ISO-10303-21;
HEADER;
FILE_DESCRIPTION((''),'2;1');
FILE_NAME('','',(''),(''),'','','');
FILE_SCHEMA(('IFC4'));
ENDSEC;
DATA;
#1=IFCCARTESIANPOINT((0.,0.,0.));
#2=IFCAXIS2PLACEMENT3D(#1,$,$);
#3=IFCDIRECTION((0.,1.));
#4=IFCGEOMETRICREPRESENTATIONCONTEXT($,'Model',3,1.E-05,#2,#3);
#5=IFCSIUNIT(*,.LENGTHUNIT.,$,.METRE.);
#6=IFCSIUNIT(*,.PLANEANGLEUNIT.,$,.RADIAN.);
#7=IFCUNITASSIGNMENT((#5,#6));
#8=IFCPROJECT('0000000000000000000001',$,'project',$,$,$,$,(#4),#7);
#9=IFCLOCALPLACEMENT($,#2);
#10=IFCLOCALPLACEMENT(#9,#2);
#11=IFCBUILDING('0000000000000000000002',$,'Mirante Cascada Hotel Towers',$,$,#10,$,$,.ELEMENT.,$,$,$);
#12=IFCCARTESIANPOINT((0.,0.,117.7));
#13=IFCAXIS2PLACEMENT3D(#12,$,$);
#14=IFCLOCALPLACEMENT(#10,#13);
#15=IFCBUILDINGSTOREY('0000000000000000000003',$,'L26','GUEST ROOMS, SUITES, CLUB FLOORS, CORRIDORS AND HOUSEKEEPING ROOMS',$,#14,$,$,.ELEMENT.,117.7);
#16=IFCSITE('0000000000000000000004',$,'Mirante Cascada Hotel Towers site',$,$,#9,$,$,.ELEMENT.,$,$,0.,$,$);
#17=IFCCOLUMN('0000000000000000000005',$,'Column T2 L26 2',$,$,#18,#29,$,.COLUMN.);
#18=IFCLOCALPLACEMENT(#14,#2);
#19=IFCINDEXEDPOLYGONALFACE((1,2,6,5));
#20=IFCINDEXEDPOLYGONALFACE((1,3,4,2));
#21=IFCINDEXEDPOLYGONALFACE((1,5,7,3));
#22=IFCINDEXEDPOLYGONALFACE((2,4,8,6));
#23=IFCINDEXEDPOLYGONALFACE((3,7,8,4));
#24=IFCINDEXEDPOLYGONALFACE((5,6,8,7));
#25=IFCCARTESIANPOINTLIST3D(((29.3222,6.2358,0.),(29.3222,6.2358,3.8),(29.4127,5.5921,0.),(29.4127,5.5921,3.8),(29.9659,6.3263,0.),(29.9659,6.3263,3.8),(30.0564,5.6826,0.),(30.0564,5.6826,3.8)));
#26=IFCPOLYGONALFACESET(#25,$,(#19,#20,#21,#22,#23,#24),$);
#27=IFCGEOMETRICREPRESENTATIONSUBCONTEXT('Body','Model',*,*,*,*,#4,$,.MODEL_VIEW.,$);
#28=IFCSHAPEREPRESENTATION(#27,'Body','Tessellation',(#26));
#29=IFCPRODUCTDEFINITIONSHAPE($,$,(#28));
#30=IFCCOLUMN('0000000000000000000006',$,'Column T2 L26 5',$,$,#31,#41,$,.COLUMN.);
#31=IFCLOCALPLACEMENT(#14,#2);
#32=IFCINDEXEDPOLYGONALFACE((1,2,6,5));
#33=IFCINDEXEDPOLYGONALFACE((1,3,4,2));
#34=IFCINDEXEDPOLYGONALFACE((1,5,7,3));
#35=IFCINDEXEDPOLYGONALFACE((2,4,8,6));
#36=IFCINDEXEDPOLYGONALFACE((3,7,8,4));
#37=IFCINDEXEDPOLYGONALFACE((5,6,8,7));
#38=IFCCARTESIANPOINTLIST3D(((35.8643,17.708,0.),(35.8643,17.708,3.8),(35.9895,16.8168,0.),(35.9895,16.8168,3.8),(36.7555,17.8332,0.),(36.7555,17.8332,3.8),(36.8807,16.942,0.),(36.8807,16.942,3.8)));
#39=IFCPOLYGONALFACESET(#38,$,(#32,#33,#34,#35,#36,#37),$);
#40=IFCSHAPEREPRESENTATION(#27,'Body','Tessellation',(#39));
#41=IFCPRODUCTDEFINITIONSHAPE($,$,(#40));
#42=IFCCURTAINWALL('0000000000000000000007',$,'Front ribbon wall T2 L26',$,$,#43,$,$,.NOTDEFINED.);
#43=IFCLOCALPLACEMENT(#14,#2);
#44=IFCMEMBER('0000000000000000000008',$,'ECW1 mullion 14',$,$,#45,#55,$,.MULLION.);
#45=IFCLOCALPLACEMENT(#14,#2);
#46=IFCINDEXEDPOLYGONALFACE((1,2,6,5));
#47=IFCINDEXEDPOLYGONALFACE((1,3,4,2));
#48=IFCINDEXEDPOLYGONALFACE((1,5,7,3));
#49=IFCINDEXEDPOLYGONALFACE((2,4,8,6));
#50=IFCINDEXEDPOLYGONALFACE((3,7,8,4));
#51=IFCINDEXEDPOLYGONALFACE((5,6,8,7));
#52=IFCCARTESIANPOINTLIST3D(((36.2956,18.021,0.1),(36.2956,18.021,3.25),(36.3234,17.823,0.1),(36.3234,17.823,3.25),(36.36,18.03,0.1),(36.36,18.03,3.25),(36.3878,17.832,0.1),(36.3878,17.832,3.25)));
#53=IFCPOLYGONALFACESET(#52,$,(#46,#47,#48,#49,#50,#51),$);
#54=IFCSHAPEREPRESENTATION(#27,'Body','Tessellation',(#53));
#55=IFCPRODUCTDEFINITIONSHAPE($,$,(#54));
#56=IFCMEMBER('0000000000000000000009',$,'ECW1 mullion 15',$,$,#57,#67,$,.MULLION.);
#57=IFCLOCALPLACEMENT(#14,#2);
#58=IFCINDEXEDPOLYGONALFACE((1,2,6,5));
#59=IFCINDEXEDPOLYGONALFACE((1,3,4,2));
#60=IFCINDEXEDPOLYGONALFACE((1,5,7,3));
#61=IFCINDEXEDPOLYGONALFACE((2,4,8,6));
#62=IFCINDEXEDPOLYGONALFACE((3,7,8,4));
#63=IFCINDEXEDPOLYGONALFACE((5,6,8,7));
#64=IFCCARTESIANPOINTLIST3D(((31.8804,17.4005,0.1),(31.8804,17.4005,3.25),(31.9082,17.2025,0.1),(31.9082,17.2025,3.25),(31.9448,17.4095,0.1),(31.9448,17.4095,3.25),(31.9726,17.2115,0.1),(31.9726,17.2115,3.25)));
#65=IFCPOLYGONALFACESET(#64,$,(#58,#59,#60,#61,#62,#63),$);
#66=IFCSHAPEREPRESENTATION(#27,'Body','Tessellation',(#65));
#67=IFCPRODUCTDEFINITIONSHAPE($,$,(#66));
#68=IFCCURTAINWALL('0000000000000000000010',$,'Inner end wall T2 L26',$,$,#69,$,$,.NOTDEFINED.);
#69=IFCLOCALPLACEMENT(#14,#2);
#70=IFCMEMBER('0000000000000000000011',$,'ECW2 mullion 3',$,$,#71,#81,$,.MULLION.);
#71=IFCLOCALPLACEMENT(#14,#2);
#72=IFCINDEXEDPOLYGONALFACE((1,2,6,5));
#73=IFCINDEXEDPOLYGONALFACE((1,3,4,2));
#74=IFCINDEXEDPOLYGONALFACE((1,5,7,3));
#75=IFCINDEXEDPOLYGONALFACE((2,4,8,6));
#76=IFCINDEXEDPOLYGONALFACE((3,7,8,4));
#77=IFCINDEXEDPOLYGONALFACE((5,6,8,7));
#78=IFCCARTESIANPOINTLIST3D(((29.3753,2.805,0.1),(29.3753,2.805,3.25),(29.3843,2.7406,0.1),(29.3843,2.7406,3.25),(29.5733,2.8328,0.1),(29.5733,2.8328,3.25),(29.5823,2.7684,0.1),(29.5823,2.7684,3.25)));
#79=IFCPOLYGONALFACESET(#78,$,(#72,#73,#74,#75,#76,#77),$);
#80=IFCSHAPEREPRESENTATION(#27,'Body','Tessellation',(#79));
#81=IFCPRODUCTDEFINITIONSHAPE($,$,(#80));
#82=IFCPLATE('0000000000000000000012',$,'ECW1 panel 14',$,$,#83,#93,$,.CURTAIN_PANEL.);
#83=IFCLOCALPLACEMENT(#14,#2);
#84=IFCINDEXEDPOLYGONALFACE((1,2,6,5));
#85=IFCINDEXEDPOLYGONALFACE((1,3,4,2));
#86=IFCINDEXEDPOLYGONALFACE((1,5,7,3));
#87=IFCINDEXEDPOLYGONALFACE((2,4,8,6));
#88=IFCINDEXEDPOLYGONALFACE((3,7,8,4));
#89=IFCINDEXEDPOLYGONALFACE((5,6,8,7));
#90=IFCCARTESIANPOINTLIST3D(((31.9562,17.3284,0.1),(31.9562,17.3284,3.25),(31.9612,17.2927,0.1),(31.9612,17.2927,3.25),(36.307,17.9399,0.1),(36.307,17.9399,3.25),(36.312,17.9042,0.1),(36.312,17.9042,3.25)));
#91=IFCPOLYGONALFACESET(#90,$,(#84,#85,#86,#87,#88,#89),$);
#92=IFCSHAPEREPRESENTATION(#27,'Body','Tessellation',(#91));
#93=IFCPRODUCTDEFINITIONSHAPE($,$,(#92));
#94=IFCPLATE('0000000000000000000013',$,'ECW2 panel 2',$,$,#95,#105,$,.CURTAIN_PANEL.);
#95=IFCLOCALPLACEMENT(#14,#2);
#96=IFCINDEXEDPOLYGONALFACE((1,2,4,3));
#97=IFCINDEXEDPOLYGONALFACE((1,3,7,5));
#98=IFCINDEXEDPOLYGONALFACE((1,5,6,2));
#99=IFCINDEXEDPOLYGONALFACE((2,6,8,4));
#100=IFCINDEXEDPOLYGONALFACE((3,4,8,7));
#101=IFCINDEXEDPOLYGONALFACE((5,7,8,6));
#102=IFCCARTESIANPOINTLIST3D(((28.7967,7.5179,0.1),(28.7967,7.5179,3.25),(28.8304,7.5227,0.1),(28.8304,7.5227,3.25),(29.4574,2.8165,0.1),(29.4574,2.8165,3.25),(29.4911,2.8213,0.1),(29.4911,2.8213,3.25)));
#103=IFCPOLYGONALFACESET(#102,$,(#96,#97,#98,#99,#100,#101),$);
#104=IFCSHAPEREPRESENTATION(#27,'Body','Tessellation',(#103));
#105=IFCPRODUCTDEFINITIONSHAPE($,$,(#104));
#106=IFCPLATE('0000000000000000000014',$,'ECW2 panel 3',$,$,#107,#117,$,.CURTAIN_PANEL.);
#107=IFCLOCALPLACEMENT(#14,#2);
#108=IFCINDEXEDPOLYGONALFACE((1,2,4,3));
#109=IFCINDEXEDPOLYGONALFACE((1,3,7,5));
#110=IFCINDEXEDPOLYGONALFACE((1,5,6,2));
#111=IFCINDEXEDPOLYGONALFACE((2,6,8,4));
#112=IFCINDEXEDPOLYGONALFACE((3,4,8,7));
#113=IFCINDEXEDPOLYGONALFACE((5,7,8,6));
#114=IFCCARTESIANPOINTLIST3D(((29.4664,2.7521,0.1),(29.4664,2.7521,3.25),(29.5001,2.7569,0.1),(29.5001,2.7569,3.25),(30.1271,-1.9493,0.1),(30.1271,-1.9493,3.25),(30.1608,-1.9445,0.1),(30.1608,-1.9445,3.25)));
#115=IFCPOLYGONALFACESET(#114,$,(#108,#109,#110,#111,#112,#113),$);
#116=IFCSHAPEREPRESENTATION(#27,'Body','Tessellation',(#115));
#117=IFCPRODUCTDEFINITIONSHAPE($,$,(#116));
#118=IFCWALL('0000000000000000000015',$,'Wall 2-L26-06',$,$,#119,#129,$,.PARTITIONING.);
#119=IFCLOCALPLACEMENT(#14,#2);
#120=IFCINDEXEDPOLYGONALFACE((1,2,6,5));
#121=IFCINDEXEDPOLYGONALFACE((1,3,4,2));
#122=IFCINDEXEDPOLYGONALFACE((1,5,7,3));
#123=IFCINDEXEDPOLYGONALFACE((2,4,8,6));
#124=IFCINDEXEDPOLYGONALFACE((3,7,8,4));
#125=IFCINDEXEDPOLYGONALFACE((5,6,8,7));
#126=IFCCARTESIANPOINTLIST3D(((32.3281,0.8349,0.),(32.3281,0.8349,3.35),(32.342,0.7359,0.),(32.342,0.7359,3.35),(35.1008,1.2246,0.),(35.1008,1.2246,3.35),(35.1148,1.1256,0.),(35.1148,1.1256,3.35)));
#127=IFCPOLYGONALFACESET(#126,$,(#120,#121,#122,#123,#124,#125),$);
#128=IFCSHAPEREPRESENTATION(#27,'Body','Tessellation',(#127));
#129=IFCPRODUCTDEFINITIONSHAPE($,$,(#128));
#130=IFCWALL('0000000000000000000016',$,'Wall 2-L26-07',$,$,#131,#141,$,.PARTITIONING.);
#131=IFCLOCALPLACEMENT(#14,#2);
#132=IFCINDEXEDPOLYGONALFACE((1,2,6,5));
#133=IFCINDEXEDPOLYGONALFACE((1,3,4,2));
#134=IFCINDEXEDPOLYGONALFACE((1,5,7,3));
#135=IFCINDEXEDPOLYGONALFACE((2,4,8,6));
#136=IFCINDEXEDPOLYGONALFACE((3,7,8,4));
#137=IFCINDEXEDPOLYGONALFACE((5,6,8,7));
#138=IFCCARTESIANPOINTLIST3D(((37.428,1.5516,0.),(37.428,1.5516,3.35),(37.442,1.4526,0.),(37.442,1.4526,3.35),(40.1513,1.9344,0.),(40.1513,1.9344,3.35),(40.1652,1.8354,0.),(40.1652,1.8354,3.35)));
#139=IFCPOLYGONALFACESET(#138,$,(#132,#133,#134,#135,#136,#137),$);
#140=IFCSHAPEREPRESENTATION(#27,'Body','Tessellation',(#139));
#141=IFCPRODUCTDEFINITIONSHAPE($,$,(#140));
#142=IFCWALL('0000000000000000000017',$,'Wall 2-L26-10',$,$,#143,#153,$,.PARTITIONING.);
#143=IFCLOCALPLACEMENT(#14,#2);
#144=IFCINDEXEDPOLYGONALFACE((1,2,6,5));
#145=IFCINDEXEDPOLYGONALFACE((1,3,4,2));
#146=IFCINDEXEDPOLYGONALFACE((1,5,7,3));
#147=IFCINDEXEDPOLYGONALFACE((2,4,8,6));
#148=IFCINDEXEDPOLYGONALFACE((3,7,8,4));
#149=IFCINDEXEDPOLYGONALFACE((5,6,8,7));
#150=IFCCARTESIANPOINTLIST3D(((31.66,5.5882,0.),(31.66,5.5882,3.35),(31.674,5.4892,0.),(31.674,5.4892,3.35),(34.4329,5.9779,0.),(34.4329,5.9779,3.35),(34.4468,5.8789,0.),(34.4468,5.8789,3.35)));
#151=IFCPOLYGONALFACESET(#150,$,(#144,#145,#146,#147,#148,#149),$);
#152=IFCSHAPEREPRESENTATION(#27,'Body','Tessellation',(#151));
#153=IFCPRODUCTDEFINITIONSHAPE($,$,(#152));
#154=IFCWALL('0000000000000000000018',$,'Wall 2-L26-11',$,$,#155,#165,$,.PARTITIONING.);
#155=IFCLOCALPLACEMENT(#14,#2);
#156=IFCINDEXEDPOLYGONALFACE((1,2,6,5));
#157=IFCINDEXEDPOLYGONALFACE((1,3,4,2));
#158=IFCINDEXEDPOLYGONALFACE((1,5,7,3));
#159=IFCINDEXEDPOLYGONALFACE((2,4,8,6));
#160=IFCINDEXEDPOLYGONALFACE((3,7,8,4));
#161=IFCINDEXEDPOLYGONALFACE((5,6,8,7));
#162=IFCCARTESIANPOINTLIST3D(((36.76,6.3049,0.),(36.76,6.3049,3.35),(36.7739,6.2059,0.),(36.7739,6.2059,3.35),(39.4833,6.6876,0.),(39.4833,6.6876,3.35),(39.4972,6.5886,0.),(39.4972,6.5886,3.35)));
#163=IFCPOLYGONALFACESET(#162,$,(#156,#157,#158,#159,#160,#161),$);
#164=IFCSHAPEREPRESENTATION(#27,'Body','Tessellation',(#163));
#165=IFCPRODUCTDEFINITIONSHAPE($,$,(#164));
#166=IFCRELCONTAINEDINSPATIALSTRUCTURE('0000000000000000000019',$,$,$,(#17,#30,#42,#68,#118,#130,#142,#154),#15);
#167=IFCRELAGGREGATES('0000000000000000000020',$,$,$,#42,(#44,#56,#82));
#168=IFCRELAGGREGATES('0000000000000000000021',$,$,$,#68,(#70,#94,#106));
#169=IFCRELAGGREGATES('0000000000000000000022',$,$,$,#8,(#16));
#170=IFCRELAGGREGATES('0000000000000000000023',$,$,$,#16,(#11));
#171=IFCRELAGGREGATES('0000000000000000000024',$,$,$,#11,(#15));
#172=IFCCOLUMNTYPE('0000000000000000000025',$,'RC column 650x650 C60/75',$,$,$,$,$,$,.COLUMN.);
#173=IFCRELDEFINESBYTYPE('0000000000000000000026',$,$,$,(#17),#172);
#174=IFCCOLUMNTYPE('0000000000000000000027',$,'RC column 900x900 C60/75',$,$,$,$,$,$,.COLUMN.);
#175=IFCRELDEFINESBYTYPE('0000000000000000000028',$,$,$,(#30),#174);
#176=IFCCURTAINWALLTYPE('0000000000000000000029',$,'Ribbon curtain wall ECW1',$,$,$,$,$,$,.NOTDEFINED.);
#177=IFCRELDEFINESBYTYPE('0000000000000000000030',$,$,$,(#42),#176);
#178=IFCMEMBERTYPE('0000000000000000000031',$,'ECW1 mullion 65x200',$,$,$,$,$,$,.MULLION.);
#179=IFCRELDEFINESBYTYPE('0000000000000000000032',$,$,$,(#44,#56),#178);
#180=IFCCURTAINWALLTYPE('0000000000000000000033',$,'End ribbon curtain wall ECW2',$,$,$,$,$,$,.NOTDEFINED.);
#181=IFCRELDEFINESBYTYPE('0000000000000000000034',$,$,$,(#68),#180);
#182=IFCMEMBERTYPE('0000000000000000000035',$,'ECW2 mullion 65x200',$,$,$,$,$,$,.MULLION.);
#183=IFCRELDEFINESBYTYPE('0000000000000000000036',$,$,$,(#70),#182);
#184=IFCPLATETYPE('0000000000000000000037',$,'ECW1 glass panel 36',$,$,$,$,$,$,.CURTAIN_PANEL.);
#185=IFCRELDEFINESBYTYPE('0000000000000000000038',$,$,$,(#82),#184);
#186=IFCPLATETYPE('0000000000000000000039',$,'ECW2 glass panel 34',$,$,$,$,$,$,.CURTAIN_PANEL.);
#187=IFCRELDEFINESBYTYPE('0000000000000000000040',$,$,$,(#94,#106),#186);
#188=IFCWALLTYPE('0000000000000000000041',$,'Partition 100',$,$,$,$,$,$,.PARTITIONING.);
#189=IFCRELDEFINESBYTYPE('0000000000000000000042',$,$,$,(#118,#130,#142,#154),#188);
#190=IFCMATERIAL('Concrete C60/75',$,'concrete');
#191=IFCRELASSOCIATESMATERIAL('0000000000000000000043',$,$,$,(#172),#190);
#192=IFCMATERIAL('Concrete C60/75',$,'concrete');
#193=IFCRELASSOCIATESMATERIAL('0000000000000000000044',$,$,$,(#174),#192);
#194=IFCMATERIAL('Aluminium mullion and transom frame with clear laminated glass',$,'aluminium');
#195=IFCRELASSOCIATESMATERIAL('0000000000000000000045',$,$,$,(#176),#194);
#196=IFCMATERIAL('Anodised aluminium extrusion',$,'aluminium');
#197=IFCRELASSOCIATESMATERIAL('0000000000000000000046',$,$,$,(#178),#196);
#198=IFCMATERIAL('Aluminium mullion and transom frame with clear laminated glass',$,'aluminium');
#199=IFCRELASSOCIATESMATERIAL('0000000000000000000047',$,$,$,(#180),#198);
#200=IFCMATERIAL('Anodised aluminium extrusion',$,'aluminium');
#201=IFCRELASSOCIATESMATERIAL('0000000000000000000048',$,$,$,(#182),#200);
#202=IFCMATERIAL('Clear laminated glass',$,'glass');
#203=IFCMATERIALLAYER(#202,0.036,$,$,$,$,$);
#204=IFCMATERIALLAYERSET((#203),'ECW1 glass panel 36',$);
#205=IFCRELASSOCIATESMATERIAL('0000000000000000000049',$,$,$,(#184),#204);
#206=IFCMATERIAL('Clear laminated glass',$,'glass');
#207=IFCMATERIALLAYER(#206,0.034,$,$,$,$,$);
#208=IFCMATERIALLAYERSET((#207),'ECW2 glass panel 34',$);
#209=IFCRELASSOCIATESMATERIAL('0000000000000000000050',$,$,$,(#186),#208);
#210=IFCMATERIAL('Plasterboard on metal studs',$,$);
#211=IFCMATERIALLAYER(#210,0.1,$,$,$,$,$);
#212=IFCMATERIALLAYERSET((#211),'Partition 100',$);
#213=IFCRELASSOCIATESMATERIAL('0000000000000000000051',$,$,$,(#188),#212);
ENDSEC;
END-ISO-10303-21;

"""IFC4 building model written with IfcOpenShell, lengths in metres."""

from ifc_helpers import new_model, si_unit, direction, frame, frame_2d, origin, origin_2d, place, context, subcontext, project, spatial, rectangle, extrude, material, layer, layer_set, material_profile, profile_set, type_object, element, aggregate, save


model = new_model("IFC4")

# Units and contexts
model_context = context("Model", 3, precision=1e-05, world=origin(), true_north=direction((0.0, 1.0)))
body_context = subcontext(model_context, "Body", "Model", "MODEL_VIEW")
ifc_project = project(units=[si_unit("LENGTHUNIT", "METRE"), si_unit("PLANEANGLEUNIT", "RADIAN")], contexts=[model_context])

# Site, building, storey
site_placement = place(None, origin())
site = spatial("IfcSite", under=ifc_project, at=site_placement, Name="Mirante Cascada Hotel Towers site", CompositionType="ELEMENT", RefElevation=0.0)
building_placement = place(site_placement, origin())
building = spatial("IfcBuilding", under=site, at=building_placement, Name="Mirante Cascada Hotel Towers", CompositionType="ELEMENT")
storey_placement = place(building_placement, frame((0.0, 0.0, 117.7)))
storey = spatial("IfcBuildingStorey", under=building, at=storey_placement, Name="L26", Description="GUEST ROOMS, SUITES, CLUB FLOORS, CORRIDORS AND HOUSEKEEPING ROOMS", CompositionType="ELEMENT", Elevation=117.7)

# Columns
ifc_material_1 = material(Name="Concrete C60/75", Category="concrete")
ifc_material_profile_1 = material_profile(ifc_material_1, rectangle(XDim=0.65, YDim=0.65, at=origin_2d()), Name="RC column 650x650 C60/75")
ifc_profile_set_1 = profile_set([ifc_material_profile_1], Name="Concrete C60/75")
column_type_1 = type_object("IfcColumnType", Name="RC column 650x650 C60/75", PredefinedType="COLUMN", material=ifc_profile_set_1)
column_1_placement = place(storey_placement, frame((29.6893, 5.9592, 0.0), z_axis=(0.0, 0.0, 1.0), x_axis=(0.990268, 0.139173, 0.0)))
element("IfcColumn", 1, at=column_1_placement, inside=storey, type_object=column_type_1, Name="Column T2 L26 2", PredefinedType="COLUMN", context=body_context, shape_type="SweptSolid", body=[
    extrude(rectangle(XDim=0.65, YDim=0.65, at=origin_2d()), origin(), (0.0, 0.0, 1.0), 3.8),
])
ifc_material_2 = material(Name="Concrete C60/75", Category="concrete")
ifc_material_profile_2 = material_profile(ifc_material_2, rectangle(XDim=0.9, YDim=0.9, at=origin_2d()), Name="RC column 900x900 C60/75")
ifc_profile_set_2 = profile_set([ifc_material_profile_2], Name="Concrete C60/75")
column_type_2 = type_object("IfcColumnType", Name="RC column 900x900 C60/75", PredefinedType="COLUMN", material=ifc_profile_set_2)
column_2_placement = place(storey_placement, frame((36.3725, 17.325, 0.0), z_axis=(0.0, 0.0, 1.0), x_axis=(0.990268, 0.139173, 0.0)))
element("IfcColumn", 2, at=column_2_placement, inside=storey, type_object=column_type_2, Name="Column T2 L26 5", PredefinedType="COLUMN", context=body_context, shape_type="SweptSolid", body=[
    extrude(rectangle(XDim=0.9, YDim=0.9, at=origin_2d()), origin(), (0.0, 0.0, 1.0), 3.8),
])

# Curtain wall, members
ifc_material_3 = material(Name="Aluminium mullion and transom frame with clear laminated glass", Category="aluminium")
curtain_wall_type_1 = type_object("IfcCurtainWallType", Name="Ribbon curtain wall ECW1", PredefinedType="NOTDEFINED", material=ifc_material_3)
curtain_wall_1_placement = place(storey_placement, origin())
curtain_wall_1 = element("IfcCurtainWall", 3, at=curtain_wall_1_placement, inside=storey, type_object=curtain_wall_type_1, Name="Front ribbon wall T2 L26", PredefinedType="NOTDEFINED")
ifc_material_4 = material(Name="Anodised aluminium extrusion", Category="aluminium")
ifc_material_profile_3 = material_profile(ifc_material_4, rectangle(XDim=0.2, YDim=0.065, at=origin_2d()), Name="ECW1 MULLION 65x200")
ifc_profile_set_3 = profile_set([ifc_material_profile_3], Name="Anodised aluminium extrusion")
member_type_1 = type_object("IfcMemberType", Name="ECW1 mullion 65x200", PredefinedType="MULLION", material=ifc_profile_set_3)
member_1_placement = place(storey_placement, frame((36.3417, 17.9265, 0.1), z_axis=(0.0, 0.0, 1.0), x_axis=(0.139173, -0.990268, 0.0)))
member_1 = element("IfcMember", 4, at=member_1_placement, type_object=member_type_1, Name="ECW1 mullion 14", PredefinedType="MULLION", context=body_context, shape_type="SweptSolid", body=[
    extrude(rectangle(XDim=0.2, YDim=0.065, at=origin_2d()), origin(), (0.0, 0.0, 1.0), 3.15),
])
member_2_placement = place(storey_placement, frame((31.9265, 17.306, 0.1), z_axis=(0.0, 0.0, 1.0), x_axis=(0.139173, -0.990268, 0.0)))
member_2 = element("IfcMember", 5, at=member_2_placement, type_object=member_type_1, Name="ECW1 mullion 15", PredefinedType="MULLION", context=body_context, shape_type="SweptSolid", body=[
    extrude(rectangle(XDim=0.2, YDim=0.065, at=origin_2d()), origin(), (0.0, 0.0, 1.0), 3.15),
])

# Curtain wall, member
ifc_material_5 = material(Name="Aluminium mullion and transom frame with clear laminated glass", Category="aluminium")
curtain_wall_type_2 = type_object("IfcCurtainWallType", Name="End ribbon curtain wall ECW2", PredefinedType="NOTDEFINED", material=ifc_material_5)
curtain_wall_2_placement = place(storey_placement, origin())
curtain_wall_2 = element("IfcCurtainWall", 6, at=curtain_wall_2_placement, inside=storey, type_object=curtain_wall_type_2, Name="Inner end wall T2 L26", PredefinedType="NOTDEFINED")
ifc_material_6 = material(Name="Anodised aluminium extrusion", Category="aluminium")
ifc_material_profile_4 = material_profile(ifc_material_6, rectangle(XDim=0.2, YDim=0.065, at=origin_2d()), Name="ECW2 MULLION 65x200")
ifc_profile_set_4 = profile_set([ifc_material_profile_4], Name="Anodised aluminium extrusion")
member_type_2 = type_object("IfcMemberType", Name="ECW2 mullion 65x200", PredefinedType="MULLION", material=ifc_profile_set_4)
member_3_placement = place(storey_placement, frame((29.4788, 2.7867, 0.1), z_axis=(0.0, 0.0, 1.0), x_axis=(0.990268, 0.139173, 0.0)))
member_3 = element("IfcMember", 7, at=member_3_placement, type_object=member_type_2, Name="ECW2 mullion 3", PredefinedType="MULLION", context=body_context, shape_type="SweptSolid", body=[
    extrude(rectangle(XDim=0.2, YDim=0.065, at=origin_2d()), origin(), (0.0, 0.0, 1.0), 3.15),
])

# Plates
ifc_material_7 = material(Name="Clear laminated glass", Category="glass")
ifc_layer_1 = layer(ifc_material_7, 0.036)
ifc_layer_set_1 = layer_set([ifc_layer_1], Name="ECW1 glass panel 36")
plate_type_1 = type_object("IfcPlateType", Name="ECW1 glass panel 36", PredefinedType="CURTAIN_PANEL", material=ifc_layer_set_1)
plate_1_placement = place(storey_placement, frame((34.1341, 17.6163, 0.1), z_axis=(0.0, 0.0, 1.0), x_axis=(-0.990268, -0.139173, 0.0)))
plate_1 = element("IfcPlate", 8, at=plate_1_placement, type_object=plate_type_1, Name="ECW1 panel 14", PredefinedType="CURTAIN_PANEL", context=body_context, shape_type="SweptSolid", body=[
    extrude(rectangle(XDim=4.3936, YDim=0.036, at=origin_2d()), origin(), (0.0, 0.0, 1.0), 3.15),
])
aggregate(curtain_wall_1, [member_1, member_2, plate_1])
ifc_material_8 = material(Name="Clear laminated glass", Category="glass")
ifc_layer_2 = layer(ifc_material_8, 0.034)
ifc_layer_set_2 = layer_set([ifc_layer_2], Name="ECW2 glass panel 34")
plate_type_2 = type_object("IfcPlateType", Name="ECW2 glass panel 34", PredefinedType="CURTAIN_PANEL", material=ifc_layer_set_2)
plate_2_placement = place(storey_placement, frame((29.1439, 5.1696, 0.1), z_axis=(0.0, 0.0, 1.0), x_axis=(0.139173, -0.990268, 0.0)))
plate_2 = element("IfcPlate", 9, at=plate_2_placement, type_object=plate_type_2, Name="ECW2 panel 2", PredefinedType="CURTAIN_PANEL", context=body_context, shape_type="SweptSolid", body=[
    extrude(rectangle(XDim=4.7476, YDim=0.034, at=origin_2d()), origin(), (0.0, 0.0, 1.0), 3.15),
])
plate_3_placement = place(storey_placement, frame((29.8136, 0.4038, 0.1), z_axis=(0.0, 0.0, 1.0), x_axis=(0.139173, -0.990268, 0.0)))
plate_3 = element("IfcPlate", 10, at=plate_3_placement, type_object=plate_type_2, Name="ECW2 panel 3", PredefinedType="CURTAIN_PANEL", context=body_context, shape_type="SweptSolid", body=[
    extrude(rectangle(XDim=4.7476, YDim=0.034, at=origin_2d()), origin(), (0.0, 0.0, 1.0), 3.15),
])
aggregate(curtain_wall_2, [member_3, plate_2, plate_3])

# Walls
ifc_material_9 = material(Name="Plasterboard on metal studs")
ifc_layer_3 = layer(ifc_material_9, 0.1)
ifc_layer_set_3 = layer_set([ifc_layer_3], Name="Partition 100")
wall_type_1 = type_object("IfcWallType", Name="Partition 100", PredefinedType="PARTITIONING", material=ifc_layer_set_3)
wall_1_placement = place(storey_placement, frame((35.1078, 1.1751, 0.0), z_axis=(0.0, 0.0, 1.0), x_axis=(-0.990267, -0.139181, 0.0)))
element("IfcWall", 11, at=wall_1_placement, inside=storey, type_object=wall_type_1, Name="Wall 2-L26-06", PredefinedType="PARTITIONING", context=body_context, shape_type="SweptSolid", body=[
    extrude(rectangle(XDim=2.8, YDim=0.1, at=frame_2d((1.4, 0.0))), origin(), (0.0, 0.0, 1.0), 3.35),
])
wall_2_placement = place(storey_placement, frame((37.435, 1.5021, 0.0), z_axis=(0.0, 0.0, 1.0), x_axis=(0.990264, 0.139201, 0.0)))
element("IfcWall", 12, at=wall_2_placement, inside=storey, type_object=wall_type_1, Name="Wall 2-L26-07", PredefinedType="PARTITIONING", context=body_context, shape_type="SweptSolid", body=[
    extrude(rectangle(XDim=2.75, YDim=0.1, at=frame_2d((1.375, 0.0))), origin(), (0.0, 0.0, 1.0), 3.35),
])
wall_3_placement = place(storey_placement, frame((34.4398, 5.9284, 0.0), z_axis=(0.0, 0.0, 1.0), x_axis=(-0.990268, -0.139176, 0.0)))
element("IfcWall", 13, at=wall_3_placement, inside=storey, type_object=wall_type_1, Name="Wall 2-L26-10", PredefinedType="PARTITIONING", context=body_context, shape_type="SweptSolid", body=[
    extrude(rectangle(XDim=2.8001, YDim=0.1, at=frame_2d((1.4, 0.0))), origin(), (0.0, 0.0, 1.0), 3.35),
])
wall_4_placement = place(storey_placement, frame((36.7669, 6.2554, 0.0), z_axis=(0.0, 0.0, 1.0), x_axis=(0.99027, 0.139161, 0.0)))
element("IfcWall", 14, at=wall_4_placement, inside=storey, type_object=wall_type_1, Name="Wall 2-L26-11", PredefinedType="PARTITIONING", context=body_context, shape_type="SweptSolid", body=[
    extrude(rectangle(XDim=2.7501, YDim=0.1, at=frame_2d((1.3751, 0.0))), origin(), (0.0, 0.0, 1.0), 3.35),
])

save(model, "model.ifc")
